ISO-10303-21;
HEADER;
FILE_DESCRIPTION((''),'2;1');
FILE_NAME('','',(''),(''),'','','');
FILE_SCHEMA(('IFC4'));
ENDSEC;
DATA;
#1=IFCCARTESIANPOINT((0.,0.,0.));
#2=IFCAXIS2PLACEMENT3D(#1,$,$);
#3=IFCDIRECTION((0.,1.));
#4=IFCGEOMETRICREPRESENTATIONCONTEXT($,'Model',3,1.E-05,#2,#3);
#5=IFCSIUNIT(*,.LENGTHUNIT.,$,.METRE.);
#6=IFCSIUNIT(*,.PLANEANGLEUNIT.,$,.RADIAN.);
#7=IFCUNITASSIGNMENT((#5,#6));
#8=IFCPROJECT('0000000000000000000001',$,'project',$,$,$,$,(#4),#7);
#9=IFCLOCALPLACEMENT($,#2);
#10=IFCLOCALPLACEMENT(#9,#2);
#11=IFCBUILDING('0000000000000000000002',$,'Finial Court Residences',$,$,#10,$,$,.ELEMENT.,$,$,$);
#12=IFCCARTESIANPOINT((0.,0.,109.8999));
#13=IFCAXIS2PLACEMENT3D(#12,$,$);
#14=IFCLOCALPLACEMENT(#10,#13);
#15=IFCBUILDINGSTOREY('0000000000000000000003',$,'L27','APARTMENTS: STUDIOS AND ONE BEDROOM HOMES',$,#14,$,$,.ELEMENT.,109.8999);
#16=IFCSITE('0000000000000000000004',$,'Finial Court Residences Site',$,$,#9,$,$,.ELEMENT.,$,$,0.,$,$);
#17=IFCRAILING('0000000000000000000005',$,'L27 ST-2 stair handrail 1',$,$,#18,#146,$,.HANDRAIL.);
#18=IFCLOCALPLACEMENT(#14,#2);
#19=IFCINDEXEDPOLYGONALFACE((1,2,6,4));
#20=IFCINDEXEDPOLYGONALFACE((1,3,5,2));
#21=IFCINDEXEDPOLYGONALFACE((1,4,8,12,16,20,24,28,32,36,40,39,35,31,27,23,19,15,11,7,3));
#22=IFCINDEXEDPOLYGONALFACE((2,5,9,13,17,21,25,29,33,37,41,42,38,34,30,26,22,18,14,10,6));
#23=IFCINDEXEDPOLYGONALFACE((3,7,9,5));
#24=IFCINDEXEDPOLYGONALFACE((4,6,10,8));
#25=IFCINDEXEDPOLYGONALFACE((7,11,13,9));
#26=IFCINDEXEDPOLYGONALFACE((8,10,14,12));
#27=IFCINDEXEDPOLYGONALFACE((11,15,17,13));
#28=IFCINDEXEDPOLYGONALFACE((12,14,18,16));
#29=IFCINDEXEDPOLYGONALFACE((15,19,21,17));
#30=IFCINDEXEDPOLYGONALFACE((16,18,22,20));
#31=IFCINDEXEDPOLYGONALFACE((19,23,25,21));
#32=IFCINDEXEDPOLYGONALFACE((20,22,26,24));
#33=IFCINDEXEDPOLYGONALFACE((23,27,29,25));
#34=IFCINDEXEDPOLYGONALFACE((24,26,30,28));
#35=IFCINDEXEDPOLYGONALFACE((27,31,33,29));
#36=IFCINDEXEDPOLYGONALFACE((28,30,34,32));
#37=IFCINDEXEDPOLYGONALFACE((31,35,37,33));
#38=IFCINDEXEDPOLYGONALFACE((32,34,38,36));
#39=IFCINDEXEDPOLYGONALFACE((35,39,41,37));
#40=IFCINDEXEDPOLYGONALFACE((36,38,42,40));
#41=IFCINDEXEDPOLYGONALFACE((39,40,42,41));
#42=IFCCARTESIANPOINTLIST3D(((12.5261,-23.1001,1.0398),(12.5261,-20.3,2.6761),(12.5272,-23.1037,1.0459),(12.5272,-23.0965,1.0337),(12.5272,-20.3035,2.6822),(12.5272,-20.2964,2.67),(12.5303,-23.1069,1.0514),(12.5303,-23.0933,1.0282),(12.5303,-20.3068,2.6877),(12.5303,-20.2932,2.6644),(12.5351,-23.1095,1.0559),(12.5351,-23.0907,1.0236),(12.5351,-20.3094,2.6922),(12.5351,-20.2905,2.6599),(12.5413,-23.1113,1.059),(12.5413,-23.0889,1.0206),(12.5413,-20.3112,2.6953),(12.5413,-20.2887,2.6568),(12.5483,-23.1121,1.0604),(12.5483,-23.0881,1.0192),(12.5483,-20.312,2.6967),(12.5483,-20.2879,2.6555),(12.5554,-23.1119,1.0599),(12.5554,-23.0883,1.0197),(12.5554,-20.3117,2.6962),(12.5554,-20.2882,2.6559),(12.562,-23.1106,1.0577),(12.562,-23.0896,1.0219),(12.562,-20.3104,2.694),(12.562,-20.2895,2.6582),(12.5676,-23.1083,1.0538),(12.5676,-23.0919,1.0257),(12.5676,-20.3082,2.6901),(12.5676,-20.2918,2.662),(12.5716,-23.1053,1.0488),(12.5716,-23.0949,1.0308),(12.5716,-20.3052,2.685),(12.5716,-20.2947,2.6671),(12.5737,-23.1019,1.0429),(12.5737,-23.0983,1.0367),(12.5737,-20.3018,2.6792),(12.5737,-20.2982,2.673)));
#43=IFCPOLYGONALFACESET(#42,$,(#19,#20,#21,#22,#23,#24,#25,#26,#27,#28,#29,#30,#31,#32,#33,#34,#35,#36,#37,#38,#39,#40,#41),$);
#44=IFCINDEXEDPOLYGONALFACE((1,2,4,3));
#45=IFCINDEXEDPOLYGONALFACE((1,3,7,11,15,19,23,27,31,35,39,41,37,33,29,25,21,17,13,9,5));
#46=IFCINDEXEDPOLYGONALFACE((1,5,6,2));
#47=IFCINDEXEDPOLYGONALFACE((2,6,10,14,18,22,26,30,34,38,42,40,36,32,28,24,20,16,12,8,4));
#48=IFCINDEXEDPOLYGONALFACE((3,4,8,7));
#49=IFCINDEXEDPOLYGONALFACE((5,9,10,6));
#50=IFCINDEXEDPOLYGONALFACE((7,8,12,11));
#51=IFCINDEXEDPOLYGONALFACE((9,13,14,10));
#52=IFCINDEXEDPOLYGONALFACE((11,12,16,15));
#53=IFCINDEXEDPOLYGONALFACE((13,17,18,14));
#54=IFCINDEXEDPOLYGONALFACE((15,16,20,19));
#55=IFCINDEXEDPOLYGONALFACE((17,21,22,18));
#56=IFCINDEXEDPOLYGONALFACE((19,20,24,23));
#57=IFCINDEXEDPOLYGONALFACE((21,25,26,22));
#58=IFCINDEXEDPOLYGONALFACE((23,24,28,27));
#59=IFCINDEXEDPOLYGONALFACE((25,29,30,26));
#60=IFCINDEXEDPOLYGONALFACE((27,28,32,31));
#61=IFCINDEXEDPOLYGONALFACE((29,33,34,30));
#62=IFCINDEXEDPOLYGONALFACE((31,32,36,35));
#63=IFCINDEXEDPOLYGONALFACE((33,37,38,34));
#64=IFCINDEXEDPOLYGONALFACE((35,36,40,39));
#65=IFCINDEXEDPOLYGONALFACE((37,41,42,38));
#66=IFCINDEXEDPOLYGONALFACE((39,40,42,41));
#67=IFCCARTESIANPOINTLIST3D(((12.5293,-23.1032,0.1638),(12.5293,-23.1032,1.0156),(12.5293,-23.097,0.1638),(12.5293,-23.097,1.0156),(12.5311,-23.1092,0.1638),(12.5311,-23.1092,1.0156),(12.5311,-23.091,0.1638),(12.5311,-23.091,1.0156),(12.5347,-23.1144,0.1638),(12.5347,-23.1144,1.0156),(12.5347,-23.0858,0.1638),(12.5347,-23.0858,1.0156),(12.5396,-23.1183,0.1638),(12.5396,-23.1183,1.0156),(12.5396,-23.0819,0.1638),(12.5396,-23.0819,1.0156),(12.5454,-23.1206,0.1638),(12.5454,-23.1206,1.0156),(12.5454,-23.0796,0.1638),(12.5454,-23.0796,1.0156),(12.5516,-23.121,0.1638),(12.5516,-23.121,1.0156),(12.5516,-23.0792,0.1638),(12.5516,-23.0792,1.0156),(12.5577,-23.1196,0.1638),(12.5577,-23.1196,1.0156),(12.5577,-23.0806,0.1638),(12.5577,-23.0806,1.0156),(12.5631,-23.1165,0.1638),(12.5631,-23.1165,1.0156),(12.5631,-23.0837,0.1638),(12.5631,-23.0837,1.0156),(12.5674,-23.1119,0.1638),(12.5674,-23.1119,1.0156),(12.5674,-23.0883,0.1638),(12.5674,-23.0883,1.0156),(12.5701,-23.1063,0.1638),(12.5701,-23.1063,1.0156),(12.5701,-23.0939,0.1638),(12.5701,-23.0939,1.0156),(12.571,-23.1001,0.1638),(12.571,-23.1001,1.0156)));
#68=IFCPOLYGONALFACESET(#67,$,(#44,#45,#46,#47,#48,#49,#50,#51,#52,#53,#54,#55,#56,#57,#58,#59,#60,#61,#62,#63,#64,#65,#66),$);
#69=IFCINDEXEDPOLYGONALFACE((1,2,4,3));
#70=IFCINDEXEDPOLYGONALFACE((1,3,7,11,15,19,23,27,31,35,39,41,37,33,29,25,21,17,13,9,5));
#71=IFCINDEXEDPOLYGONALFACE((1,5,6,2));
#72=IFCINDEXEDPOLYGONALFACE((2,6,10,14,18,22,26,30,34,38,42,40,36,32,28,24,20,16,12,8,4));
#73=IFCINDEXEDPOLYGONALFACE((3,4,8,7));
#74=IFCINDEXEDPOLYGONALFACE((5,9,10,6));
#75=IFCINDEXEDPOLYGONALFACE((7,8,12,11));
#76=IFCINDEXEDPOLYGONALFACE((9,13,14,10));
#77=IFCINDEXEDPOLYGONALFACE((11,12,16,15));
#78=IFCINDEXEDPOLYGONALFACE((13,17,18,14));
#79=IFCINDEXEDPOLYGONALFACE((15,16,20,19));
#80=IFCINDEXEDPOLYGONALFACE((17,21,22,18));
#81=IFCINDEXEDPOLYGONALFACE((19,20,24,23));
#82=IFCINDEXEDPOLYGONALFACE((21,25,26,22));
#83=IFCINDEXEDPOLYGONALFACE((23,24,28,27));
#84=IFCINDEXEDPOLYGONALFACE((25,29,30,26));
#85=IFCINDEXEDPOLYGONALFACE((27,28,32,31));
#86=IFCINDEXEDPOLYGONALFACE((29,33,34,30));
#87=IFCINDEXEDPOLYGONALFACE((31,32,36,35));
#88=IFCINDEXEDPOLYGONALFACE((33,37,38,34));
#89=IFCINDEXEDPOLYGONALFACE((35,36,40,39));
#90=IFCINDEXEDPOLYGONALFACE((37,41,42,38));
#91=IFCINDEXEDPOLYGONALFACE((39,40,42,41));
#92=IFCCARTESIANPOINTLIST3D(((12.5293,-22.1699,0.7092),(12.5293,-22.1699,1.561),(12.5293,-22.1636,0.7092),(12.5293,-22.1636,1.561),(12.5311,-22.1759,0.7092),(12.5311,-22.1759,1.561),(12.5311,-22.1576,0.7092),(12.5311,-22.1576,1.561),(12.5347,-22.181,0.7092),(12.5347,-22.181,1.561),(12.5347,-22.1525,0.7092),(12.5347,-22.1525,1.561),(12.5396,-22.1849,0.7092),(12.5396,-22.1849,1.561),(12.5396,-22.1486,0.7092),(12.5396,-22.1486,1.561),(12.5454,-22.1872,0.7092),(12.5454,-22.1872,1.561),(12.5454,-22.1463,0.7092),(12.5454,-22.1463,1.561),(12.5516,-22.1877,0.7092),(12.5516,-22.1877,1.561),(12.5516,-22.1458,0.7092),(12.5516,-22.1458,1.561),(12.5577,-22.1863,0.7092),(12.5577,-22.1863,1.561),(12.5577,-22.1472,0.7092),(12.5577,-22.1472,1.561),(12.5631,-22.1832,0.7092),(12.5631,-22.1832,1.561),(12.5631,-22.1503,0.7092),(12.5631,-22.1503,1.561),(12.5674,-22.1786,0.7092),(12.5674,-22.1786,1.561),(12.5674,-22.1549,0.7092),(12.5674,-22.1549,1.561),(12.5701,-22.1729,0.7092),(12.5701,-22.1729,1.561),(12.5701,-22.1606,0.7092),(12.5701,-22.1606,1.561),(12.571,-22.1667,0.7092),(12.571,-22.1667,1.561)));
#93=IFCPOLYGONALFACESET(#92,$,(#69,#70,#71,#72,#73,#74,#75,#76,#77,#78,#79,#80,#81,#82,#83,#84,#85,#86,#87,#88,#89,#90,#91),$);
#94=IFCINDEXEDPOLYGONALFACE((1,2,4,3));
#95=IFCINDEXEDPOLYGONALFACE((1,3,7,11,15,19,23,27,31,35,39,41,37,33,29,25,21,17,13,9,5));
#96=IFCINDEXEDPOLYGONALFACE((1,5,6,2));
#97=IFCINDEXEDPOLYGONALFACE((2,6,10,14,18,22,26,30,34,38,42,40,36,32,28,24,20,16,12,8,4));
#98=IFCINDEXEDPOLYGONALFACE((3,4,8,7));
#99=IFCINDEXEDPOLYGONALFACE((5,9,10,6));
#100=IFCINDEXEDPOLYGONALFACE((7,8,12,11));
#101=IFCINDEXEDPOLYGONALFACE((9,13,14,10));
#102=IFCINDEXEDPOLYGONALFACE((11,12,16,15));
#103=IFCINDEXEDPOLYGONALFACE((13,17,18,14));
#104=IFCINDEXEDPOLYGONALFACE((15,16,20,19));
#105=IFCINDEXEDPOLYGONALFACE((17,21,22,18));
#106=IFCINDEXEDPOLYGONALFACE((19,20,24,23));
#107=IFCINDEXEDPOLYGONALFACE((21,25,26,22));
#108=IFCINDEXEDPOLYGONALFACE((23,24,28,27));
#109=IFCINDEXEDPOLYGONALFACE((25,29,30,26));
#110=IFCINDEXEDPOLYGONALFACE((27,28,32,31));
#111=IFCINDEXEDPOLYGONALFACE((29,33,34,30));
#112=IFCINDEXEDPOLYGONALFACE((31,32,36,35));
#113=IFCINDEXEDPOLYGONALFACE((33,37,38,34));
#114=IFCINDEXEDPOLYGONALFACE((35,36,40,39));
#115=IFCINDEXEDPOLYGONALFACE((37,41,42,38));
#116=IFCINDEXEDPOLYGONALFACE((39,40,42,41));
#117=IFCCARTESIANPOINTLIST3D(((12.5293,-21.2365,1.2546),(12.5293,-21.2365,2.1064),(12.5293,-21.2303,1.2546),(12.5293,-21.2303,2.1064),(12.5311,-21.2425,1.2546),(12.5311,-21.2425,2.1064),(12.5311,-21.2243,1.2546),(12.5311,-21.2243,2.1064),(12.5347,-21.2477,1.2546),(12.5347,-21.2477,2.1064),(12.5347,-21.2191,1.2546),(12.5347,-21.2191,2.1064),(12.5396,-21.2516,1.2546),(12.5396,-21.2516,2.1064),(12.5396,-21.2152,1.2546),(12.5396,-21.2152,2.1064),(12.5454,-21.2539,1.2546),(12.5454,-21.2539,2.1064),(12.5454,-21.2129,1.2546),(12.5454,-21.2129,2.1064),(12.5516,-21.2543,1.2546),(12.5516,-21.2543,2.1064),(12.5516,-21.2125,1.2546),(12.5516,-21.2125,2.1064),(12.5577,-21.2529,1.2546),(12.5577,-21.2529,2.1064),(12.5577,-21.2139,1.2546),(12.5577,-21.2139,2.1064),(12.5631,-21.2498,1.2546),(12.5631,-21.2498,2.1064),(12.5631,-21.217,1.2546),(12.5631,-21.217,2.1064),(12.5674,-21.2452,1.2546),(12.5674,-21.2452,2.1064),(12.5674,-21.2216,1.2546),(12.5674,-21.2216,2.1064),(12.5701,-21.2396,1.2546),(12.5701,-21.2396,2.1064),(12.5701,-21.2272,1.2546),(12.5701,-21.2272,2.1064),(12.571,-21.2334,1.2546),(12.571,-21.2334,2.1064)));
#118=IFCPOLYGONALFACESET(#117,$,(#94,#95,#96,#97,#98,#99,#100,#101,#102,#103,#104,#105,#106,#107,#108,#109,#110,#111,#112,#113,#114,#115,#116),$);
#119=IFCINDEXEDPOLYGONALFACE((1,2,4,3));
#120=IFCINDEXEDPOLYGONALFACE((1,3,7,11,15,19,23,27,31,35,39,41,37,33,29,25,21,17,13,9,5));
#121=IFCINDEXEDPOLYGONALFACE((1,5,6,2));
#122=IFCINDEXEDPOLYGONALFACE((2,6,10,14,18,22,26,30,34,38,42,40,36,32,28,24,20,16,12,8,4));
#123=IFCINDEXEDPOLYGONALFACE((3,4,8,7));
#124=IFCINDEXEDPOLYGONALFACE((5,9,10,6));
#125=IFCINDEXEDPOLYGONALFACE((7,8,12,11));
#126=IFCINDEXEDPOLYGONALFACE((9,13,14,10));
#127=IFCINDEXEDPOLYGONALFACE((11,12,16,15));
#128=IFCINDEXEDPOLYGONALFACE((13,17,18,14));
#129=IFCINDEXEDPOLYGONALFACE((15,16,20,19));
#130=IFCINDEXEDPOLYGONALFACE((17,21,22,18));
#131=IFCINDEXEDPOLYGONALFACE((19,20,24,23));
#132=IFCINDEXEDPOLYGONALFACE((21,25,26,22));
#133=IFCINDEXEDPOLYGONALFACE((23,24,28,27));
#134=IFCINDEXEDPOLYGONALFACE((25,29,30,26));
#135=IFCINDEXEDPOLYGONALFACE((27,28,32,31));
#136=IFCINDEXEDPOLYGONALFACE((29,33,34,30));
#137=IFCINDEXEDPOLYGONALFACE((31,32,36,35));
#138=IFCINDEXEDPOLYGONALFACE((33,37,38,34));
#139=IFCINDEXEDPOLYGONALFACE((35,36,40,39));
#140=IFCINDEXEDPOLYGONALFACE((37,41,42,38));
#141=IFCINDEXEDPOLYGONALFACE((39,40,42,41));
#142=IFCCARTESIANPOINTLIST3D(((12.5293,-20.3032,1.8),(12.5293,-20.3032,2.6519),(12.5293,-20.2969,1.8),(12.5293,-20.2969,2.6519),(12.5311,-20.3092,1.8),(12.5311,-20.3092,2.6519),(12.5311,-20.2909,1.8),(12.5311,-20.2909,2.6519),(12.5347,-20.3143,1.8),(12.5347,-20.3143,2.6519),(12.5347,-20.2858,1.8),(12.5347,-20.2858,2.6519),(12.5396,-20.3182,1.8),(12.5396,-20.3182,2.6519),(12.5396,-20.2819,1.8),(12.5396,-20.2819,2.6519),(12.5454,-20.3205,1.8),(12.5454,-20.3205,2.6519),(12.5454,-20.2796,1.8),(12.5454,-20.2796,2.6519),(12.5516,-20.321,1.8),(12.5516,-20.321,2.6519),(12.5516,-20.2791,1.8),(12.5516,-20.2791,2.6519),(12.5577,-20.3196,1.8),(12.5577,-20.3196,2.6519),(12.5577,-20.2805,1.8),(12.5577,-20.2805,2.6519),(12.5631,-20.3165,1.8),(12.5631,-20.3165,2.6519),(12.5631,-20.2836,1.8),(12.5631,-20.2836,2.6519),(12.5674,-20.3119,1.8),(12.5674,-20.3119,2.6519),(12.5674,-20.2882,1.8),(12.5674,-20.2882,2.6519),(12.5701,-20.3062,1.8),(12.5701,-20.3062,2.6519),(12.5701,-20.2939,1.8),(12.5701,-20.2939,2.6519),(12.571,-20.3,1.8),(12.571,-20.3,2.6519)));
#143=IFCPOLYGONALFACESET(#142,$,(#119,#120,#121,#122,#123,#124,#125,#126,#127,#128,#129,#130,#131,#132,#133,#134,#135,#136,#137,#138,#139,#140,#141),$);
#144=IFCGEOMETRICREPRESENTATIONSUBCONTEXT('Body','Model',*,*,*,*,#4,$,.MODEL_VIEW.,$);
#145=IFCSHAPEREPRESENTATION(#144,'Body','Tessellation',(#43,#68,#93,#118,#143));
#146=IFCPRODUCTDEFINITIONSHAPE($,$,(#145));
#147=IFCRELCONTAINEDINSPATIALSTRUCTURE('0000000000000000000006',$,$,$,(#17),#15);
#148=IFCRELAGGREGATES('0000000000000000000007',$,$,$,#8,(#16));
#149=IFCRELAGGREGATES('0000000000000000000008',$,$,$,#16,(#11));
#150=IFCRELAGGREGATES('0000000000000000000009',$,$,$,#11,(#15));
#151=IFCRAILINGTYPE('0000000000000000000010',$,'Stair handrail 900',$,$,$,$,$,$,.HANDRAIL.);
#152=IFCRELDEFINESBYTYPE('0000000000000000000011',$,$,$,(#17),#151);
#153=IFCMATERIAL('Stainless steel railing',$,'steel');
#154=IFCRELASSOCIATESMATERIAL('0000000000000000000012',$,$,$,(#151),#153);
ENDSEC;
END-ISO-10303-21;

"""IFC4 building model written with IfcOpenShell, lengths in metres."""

from ifc_helpers import new_model, si_unit, direction, frame, origin, origin_2d, place, context, subcontext, project, spatial, circle, extrude, material, type_object, element, save


model = new_model("IFC4")

# Units and contexts
model_context = context("Model", 3, precision=1e-05, world=origin(), true_north=direction((0.0, 1.0)))
body_context = subcontext(model_context, "Body", "Model", "MODEL_VIEW")
ifc_project = project(units=[si_unit("LENGTHUNIT", "METRE"), si_unit("PLANEANGLEUNIT", "RADIAN")], contexts=[model_context])

# Site, building, storey
site_placement = place(None, origin())
site = spatial("IfcSite", under=ifc_project, at=site_placement, Name="Finial Court Residences Site", CompositionType="ELEMENT", RefElevation=0.0)
building_placement = place(site_placement, origin())
building = spatial("IfcBuilding", under=site, at=building_placement, Name="Finial Court Residences", CompositionType="ELEMENT")
storey_placement = place(building_placement, frame((0.0, 0.0, 109.8999)))
storey = spatial("IfcBuildingStorey", under=building, at=storey_placement, Name="L27", Description="APARTMENTS: STUDIOS AND ONE BEDROOM HOMES", CompositionType="ELEMENT", Elevation=109.8999)

# Railing
ifc_material_1 = material(Name="Stainless steel railing", Category="steel")
railing_type_1 = type_object("IfcRailingType", Name="Stair handrail 900", PredefinedType="HANDRAIL", material=ifc_material_1)
railing_1_placement = place(storey_placement, frame((12.55, -23.1001, 0.1638)))
element("IfcRailing", 1, at=railing_1_placement, inside=storey, type_object=railing_type_1, Name="L27 ST-2 stair handrail 1", PredefinedType="HANDRAIL", context=body_context, shape_type="SweptSolid", body=[
    extrude(circle(Radius=0.0239, at=origin_2d()), frame((0.0, 0.0, 0.876), z_axis=(0.0, 0.863394, 0.504531), x_axis=(-1.0, 0.0, 0.0)), (0.0, 0.0, 1.0), 3.2432),
    extrude(circle(Radius=0.021, at=origin_2d()), origin(), (0.0, 0.0, 1.0), 0.8518),
    extrude(circle(Radius=0.021, at=origin_2d()), frame((0.0, 0.9333, 0.5454)), (0.0, 0.0, 1.0), 0.8518),
    extrude(circle(Radius=0.021, at=origin_2d()), frame((0.0, 1.8667, 1.0908)), (0.0, 0.0, 1.0), 0.8518),
    extrude(circle(Radius=0.021, at=origin_2d()), frame((0.0, 2.8, 1.6362)), (0.0, 0.0, 1.0), 0.8518),
])

save(model, "model.ifc")
